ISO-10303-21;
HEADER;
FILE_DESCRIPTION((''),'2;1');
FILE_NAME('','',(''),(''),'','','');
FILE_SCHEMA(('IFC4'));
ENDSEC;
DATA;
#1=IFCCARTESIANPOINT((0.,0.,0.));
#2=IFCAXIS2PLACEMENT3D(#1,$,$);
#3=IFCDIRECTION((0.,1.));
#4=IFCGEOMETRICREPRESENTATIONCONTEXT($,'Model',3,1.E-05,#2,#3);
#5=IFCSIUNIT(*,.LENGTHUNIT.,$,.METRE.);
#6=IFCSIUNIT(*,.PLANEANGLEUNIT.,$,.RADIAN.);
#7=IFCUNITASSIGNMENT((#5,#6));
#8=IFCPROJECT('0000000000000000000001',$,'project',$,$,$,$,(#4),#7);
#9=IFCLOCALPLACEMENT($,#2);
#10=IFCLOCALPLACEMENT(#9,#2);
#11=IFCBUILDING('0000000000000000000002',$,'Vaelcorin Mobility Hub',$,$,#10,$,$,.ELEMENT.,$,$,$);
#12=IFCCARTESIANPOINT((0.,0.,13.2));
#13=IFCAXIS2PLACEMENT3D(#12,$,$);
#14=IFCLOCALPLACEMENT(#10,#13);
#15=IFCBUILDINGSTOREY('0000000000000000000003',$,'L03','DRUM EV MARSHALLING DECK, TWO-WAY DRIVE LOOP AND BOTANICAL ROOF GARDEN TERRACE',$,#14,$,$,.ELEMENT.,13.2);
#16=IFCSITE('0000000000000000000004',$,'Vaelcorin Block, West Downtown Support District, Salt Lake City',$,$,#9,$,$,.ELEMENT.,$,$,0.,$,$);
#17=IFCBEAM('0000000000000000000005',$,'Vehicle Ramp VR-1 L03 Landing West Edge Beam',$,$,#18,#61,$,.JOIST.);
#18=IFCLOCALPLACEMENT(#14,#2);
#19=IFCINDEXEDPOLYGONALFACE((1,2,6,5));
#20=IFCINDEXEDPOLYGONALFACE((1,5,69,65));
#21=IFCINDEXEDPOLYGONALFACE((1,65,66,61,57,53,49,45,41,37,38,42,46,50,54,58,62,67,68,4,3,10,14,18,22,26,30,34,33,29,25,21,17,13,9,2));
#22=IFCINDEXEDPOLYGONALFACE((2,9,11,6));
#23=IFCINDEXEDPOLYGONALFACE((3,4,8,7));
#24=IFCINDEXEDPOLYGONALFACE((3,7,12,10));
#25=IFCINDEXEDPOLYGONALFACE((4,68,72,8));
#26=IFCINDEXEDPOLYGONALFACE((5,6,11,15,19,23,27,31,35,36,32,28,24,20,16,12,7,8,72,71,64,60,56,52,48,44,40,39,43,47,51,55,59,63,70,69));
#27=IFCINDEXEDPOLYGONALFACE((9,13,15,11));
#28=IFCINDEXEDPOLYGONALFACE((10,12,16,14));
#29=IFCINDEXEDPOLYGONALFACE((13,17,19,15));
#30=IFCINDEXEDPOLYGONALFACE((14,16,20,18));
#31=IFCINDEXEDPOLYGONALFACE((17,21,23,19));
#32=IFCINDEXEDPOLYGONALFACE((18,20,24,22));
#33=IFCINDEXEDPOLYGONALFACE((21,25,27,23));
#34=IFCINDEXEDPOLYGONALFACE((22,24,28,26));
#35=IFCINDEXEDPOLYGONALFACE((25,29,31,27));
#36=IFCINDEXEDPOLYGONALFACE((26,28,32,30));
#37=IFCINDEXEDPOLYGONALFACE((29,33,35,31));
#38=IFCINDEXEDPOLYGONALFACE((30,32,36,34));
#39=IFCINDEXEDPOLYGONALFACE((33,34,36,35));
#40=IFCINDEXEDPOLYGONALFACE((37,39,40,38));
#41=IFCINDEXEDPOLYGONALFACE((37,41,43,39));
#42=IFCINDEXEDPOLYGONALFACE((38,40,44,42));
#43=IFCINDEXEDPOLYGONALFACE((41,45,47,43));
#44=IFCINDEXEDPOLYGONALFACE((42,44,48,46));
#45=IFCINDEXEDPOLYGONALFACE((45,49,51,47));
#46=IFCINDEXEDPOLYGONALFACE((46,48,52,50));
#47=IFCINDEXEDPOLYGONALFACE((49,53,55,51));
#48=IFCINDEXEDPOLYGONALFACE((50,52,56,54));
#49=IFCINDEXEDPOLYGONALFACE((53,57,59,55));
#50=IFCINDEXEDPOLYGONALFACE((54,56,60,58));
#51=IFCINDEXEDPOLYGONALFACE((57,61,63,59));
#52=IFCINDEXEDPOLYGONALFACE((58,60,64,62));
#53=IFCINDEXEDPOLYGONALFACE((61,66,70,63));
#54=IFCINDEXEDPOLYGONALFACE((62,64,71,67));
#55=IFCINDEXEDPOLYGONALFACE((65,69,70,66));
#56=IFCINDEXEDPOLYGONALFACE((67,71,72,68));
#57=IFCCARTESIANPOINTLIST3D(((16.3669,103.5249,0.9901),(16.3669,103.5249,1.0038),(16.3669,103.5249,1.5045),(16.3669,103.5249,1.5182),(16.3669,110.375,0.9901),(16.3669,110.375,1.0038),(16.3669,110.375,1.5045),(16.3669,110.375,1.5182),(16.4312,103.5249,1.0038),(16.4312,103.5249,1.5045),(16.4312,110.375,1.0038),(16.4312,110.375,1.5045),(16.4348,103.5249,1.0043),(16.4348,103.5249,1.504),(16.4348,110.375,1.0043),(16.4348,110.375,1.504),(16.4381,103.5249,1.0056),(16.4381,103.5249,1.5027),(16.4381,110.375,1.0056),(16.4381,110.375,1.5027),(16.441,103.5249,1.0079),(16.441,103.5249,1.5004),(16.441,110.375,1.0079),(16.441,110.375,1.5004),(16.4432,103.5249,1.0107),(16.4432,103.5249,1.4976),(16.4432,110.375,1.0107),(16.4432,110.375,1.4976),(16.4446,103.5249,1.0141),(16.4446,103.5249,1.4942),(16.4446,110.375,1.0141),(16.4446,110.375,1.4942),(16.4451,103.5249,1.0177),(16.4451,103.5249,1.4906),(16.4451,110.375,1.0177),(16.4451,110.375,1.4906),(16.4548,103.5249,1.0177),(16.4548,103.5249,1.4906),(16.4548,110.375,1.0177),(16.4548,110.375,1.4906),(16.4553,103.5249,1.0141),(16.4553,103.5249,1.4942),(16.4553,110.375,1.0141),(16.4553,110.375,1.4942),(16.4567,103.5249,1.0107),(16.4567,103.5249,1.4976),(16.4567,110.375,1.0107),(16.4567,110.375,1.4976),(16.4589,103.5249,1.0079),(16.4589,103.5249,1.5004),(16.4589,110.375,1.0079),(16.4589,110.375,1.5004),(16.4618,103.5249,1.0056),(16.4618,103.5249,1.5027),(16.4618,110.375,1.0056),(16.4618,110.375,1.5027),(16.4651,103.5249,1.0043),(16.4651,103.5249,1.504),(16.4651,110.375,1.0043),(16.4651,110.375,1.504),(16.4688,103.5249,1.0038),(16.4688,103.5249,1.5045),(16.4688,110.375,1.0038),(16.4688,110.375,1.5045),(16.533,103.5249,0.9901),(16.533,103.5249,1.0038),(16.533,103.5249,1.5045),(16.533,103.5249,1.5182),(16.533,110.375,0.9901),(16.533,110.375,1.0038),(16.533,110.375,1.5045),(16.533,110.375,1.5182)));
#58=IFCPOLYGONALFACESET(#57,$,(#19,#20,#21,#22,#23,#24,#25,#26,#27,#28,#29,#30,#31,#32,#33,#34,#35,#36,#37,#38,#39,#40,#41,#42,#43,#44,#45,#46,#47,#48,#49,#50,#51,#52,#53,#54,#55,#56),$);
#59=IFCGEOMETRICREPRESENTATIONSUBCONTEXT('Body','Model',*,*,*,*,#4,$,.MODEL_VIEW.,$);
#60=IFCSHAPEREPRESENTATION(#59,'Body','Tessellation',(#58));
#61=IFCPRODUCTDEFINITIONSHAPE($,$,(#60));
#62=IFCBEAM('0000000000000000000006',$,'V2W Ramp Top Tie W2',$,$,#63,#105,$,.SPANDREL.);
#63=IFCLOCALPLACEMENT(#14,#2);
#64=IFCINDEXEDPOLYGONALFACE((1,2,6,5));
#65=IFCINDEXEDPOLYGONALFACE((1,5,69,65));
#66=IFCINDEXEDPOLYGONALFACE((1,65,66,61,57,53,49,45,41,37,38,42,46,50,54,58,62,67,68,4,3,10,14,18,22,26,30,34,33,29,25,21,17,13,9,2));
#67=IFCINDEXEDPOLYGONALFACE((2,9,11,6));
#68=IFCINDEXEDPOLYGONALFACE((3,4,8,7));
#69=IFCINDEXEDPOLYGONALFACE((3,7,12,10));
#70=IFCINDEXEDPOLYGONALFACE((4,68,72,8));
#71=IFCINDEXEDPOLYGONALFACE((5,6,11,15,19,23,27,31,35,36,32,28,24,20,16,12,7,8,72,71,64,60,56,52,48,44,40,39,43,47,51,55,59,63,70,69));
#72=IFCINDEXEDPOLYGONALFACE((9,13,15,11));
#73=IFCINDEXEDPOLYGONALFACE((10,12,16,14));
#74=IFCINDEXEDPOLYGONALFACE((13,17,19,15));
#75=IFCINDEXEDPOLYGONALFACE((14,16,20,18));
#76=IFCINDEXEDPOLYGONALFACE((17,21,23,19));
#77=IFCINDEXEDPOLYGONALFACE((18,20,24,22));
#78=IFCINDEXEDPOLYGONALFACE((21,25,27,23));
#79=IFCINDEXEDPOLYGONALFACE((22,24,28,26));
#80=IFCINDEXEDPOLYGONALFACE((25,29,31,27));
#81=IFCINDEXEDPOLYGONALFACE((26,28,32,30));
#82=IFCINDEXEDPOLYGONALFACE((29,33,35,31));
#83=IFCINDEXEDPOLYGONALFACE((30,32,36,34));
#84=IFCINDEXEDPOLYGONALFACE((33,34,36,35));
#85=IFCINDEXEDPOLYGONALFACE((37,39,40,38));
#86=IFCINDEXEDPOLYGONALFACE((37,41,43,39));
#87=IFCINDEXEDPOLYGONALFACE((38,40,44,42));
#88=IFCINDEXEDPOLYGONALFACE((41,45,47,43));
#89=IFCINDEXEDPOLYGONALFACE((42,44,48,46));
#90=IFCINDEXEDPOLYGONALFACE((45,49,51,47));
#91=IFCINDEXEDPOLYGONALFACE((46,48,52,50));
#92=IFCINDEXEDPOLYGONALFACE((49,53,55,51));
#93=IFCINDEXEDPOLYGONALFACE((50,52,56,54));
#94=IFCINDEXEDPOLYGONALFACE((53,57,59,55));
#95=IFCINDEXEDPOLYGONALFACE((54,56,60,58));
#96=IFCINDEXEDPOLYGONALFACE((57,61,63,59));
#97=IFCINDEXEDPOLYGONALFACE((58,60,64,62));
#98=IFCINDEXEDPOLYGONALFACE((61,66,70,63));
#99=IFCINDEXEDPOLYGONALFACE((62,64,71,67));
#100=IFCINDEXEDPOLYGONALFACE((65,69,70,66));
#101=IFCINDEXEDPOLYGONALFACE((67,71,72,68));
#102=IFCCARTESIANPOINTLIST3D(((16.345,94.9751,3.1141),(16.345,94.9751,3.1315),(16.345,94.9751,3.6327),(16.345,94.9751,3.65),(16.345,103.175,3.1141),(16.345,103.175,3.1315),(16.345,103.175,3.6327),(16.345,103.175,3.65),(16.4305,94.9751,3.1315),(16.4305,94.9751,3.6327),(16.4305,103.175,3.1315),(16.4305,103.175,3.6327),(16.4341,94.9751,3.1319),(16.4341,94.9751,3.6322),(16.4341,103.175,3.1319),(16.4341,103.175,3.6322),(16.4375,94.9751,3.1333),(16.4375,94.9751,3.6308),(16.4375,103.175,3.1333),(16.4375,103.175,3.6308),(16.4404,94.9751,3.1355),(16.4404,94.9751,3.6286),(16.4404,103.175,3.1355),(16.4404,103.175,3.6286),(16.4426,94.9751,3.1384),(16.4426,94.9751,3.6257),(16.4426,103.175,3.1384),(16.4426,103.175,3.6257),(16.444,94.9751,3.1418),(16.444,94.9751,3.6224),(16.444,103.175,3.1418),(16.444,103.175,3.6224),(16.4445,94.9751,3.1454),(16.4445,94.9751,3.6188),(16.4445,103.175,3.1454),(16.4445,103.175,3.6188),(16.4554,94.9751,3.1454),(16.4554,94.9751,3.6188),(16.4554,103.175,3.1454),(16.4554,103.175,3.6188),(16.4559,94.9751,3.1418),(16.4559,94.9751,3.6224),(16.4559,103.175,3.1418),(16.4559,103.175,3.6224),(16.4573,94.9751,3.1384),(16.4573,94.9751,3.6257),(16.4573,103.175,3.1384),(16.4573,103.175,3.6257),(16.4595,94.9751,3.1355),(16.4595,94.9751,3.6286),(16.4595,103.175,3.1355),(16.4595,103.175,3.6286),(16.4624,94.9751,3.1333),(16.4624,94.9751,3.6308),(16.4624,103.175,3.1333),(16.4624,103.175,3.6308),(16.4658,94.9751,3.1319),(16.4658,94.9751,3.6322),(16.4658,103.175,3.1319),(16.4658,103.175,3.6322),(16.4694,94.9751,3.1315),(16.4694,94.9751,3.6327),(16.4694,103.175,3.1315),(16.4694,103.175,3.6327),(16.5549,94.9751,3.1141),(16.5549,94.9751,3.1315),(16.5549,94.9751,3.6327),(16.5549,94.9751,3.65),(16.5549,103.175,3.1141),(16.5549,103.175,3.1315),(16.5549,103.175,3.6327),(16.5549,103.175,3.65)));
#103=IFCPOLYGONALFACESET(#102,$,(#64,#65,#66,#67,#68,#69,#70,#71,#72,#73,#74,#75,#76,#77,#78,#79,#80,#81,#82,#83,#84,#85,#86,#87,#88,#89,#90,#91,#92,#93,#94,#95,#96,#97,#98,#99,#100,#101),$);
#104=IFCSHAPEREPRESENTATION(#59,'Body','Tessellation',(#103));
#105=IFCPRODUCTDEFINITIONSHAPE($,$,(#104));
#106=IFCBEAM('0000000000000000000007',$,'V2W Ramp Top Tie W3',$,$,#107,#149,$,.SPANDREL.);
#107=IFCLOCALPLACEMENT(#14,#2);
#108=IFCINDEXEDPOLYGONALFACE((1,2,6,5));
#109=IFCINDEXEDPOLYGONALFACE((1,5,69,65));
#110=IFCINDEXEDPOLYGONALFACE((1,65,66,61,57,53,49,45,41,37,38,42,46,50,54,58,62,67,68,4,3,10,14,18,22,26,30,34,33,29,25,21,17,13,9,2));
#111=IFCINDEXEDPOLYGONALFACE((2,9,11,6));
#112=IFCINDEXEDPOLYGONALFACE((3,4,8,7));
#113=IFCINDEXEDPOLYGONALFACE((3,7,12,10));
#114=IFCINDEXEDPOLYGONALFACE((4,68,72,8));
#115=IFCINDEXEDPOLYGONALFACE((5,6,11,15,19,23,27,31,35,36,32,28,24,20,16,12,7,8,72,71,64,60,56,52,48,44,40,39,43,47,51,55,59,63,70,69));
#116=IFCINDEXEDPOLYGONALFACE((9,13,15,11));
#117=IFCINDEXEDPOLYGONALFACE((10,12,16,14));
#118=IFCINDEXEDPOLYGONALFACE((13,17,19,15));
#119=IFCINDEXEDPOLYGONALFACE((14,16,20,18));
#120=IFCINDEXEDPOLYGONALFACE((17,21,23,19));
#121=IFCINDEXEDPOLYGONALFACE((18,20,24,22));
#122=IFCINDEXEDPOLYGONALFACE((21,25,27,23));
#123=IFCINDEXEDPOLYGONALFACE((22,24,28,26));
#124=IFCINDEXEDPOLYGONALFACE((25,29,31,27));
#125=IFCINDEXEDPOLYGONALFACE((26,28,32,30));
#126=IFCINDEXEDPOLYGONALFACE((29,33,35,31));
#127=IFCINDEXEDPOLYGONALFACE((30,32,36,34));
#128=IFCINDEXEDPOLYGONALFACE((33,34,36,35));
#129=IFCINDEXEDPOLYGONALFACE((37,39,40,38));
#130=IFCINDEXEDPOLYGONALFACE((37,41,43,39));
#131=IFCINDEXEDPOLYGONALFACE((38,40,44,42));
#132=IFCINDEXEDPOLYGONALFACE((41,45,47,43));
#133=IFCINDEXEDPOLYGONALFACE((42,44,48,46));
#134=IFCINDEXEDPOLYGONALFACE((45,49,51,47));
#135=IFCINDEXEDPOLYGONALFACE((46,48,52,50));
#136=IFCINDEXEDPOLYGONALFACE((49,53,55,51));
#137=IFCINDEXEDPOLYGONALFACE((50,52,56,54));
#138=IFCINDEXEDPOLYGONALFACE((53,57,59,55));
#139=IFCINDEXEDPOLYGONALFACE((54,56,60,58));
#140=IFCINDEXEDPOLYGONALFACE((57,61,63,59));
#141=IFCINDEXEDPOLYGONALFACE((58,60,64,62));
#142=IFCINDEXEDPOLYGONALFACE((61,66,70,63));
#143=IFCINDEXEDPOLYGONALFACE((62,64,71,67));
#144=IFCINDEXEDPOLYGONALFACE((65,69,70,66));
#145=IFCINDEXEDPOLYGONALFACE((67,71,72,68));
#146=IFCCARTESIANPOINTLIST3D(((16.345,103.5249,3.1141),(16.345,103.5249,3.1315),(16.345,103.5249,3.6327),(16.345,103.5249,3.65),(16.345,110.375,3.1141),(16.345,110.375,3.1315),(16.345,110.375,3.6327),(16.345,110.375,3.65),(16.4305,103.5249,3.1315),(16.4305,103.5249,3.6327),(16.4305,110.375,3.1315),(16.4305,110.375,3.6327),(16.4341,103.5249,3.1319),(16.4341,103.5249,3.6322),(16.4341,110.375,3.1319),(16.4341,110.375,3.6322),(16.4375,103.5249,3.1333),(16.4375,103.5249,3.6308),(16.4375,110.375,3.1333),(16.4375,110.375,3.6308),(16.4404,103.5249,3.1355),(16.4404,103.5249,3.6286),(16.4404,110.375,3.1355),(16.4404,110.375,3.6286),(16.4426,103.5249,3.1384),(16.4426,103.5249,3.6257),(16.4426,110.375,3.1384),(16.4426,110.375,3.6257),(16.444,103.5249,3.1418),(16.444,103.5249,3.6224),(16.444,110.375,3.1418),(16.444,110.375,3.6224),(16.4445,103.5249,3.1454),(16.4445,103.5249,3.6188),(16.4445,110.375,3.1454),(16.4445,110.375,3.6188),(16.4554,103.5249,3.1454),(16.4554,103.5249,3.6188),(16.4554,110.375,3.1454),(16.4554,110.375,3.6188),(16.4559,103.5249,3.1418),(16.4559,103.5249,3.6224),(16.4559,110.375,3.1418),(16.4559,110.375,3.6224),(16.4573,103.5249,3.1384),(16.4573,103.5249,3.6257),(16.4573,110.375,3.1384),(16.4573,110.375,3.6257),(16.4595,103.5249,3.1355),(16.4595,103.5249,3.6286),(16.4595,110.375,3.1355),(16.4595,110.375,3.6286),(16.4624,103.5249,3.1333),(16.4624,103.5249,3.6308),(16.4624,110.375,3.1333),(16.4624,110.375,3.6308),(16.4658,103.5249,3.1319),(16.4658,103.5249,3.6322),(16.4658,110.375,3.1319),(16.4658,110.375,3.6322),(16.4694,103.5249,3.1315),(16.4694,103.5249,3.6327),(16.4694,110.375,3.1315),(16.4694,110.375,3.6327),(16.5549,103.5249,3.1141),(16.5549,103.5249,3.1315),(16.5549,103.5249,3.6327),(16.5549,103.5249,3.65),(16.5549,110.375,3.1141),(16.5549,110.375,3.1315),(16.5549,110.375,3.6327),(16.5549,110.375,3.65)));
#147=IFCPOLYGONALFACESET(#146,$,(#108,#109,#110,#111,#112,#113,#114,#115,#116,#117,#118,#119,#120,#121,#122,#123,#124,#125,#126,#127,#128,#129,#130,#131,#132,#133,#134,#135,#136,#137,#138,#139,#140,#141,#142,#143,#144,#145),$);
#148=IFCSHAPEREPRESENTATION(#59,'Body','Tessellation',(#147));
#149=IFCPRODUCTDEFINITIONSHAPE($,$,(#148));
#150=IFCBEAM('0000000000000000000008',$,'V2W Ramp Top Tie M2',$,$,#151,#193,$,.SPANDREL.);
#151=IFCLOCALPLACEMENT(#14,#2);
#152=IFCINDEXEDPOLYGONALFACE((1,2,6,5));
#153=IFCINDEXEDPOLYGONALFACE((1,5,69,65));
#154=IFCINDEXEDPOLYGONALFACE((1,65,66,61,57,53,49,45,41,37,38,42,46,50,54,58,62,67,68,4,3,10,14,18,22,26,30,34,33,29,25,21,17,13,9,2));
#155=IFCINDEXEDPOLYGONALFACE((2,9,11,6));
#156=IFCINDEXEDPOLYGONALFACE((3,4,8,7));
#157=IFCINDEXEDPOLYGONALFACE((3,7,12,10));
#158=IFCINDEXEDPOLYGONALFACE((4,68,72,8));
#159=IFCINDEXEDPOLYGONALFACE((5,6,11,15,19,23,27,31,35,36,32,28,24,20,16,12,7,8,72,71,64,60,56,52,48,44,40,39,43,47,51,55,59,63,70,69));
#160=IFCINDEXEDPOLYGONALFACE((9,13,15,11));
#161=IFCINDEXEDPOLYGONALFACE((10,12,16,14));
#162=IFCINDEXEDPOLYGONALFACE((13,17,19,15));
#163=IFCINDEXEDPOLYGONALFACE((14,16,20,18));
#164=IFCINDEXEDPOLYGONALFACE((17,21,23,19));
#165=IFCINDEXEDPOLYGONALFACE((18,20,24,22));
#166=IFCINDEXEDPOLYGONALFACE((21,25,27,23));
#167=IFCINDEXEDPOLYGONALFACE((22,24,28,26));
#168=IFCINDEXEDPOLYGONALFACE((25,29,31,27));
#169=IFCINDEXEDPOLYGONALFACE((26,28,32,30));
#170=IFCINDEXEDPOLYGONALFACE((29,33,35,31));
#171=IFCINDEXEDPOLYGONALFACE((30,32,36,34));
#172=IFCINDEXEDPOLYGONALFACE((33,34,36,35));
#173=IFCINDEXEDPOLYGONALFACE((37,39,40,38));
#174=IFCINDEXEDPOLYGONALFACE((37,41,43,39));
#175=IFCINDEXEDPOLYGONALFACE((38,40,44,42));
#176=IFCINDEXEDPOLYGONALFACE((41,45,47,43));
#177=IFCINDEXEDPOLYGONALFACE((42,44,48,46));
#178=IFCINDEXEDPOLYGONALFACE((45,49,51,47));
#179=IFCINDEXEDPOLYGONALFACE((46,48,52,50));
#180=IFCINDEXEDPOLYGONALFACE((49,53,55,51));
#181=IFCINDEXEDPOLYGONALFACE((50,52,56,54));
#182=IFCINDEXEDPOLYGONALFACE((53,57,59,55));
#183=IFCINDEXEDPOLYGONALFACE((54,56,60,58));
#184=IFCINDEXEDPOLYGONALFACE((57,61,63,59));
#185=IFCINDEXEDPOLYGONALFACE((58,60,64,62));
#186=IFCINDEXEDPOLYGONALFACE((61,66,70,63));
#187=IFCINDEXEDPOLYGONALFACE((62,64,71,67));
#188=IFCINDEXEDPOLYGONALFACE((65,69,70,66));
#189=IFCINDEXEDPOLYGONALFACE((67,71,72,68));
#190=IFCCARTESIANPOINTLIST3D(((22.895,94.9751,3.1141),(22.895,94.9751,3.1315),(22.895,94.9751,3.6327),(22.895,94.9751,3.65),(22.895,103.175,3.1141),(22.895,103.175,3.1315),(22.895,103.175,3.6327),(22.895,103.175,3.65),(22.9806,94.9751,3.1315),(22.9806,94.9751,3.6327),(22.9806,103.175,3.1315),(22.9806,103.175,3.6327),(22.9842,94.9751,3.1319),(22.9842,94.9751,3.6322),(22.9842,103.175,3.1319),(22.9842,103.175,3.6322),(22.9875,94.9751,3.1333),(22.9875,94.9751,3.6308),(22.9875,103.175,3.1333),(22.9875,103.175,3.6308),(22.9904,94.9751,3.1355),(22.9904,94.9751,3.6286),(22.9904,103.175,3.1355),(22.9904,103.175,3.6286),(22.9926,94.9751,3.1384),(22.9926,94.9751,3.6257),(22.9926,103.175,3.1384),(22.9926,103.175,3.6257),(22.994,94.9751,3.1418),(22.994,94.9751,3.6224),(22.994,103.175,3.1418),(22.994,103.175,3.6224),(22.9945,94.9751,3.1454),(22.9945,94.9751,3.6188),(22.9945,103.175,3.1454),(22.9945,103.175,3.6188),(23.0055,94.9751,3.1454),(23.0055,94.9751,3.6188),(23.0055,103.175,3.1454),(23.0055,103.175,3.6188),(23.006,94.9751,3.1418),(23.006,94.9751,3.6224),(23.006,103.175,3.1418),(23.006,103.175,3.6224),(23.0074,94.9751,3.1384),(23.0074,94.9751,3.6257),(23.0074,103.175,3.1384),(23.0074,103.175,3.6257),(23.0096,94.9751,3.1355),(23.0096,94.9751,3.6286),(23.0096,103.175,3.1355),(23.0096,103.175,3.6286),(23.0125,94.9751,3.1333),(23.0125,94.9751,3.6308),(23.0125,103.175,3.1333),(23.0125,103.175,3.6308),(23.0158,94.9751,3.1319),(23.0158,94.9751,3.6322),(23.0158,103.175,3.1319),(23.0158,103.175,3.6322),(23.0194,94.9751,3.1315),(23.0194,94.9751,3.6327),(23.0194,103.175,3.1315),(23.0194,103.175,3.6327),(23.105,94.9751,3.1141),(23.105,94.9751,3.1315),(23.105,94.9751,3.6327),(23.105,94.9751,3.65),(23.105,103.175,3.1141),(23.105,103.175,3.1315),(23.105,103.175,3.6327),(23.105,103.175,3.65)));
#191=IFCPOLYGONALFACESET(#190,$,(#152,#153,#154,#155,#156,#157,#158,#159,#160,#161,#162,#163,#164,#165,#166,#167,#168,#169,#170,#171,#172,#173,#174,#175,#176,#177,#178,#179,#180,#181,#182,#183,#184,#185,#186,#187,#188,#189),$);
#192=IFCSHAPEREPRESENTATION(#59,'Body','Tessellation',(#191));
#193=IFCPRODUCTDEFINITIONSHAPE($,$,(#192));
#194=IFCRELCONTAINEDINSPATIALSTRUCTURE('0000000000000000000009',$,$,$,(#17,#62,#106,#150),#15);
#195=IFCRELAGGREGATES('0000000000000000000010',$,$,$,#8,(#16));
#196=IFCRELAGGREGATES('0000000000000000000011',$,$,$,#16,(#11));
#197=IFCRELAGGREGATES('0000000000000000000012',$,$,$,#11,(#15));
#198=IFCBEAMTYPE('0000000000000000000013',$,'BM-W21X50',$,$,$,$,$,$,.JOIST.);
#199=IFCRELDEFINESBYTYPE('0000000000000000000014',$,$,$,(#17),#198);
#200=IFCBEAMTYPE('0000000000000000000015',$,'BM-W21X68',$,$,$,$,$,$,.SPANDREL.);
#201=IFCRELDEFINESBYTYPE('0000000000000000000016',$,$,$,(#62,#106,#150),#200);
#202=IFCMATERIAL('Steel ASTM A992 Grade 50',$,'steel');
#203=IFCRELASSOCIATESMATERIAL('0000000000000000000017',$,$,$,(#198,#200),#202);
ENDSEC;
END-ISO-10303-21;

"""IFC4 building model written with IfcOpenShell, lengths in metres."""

from ifc_helpers import new_model, si_unit, direction, frame, origin, origin_2d, place, context, subcontext, project, spatial, i_section, extrude, material, material_profile, profile_set, type_object, element, save


model = new_model("IFC4")

# Units and contexts
model_context = context("Model", 3, precision=1e-05, world=origin(), true_north=direction((0.0, 1.0)))
body_context = subcontext(model_context, "Body", "Model", "MODEL_VIEW")
ifc_project = project(units=[si_unit("LENGTHUNIT", "METRE"), si_unit("PLANEANGLEUNIT", "RADIAN")], contexts=[model_context])

# Site, building, storey
site_placement = place(None, origin())
site = spatial("IfcSite", under=ifc_project, at=site_placement, Name="Vaelcorin Block, West Downtown Support District, Salt Lake City", CompositionType="ELEMENT", RefElevation=0.0)
building_placement = place(site_placement, origin())
building = spatial("IfcBuilding", under=site, at=building_placement, Name="Vaelcorin Mobility Hub", CompositionType="ELEMENT")
storey_placement = place(building_placement, frame((0.0, 0.0, 13.2)))
storey = spatial("IfcBuildingStorey", under=building, at=storey_placement, Name="L03", Description="DRUM EV MARSHALLING DECK, TWO-WAY DRIVE LOOP AND BOTANICAL ROOF GARDEN TERRACE", CompositionType="ELEMENT", Elevation=13.2)

# Shared definitions
ifc_material_1 = material(Name="Steel ASTM A992 Grade 50", Category="steel")

# Beams
ifc_material_profile_1 = material_profile(ifc_material_1, i_section(OverallWidth=0.166, OverallDepth=0.5281, WebThickness=0.0098, FlangeThickness=0.0137, FilletRadius=0.0139, at=origin_2d()), Name="W21X50")
ifc_profile_set_1 = profile_set([ifc_material_profile_1], Name="Steel ASTM A992 Grade 50")
beam_type_1 = type_object("IfcBeamType", Name="BM-W21X50", PredefinedType="JOIST", material=ifc_profile_set_1)
beam_1_placement = place(storey_placement, frame((16.45, 103.5249, 1.2542), z_axis=(0.0, 1.0, 0.0), x_axis=(-1.0, 0.0, 0.0)))
element("IfcBeam", 1, at=beam_1_placement, inside=storey, type_object=beam_type_1, Name="Vehicle Ramp VR-1 L03 Landing West Edge Beam", PredefinedType="JOIST", context=body_context, shape_type="SweptSolid", body=[
    extrude(i_section(OverallWidth=0.166, OverallDepth=0.5281, WebThickness=0.0098, FlangeThickness=0.0137, FilletRadius=0.0139, at=origin_2d()), origin(), (0.0, 0.0, 1.0), 6.8501),
])
ifc_material_profile_2 = material_profile(ifc_material_1, i_section(OverallWidth=0.21, OverallDepth=0.5359, WebThickness=0.011, FlangeThickness=0.0173, FilletRadius=0.0139, at=origin_2d()), Name="W21X68")
ifc_profile_set_2 = profile_set([ifc_material_profile_2], Name="Steel ASTM A992 Grade 50")
beam_type_2 = type_object("IfcBeamType", Name="BM-W21X68", PredefinedType="SPANDREL", material=ifc_profile_set_2)
beam_2_placement = place(storey_placement, frame((16.45, 94.9751, 3.3821), z_axis=(0.0, 1.0, 0.0), x_axis=(-1.0, 0.0, 0.0)))
element("IfcBeam", 2, at=beam_2_placement, inside=storey, type_object=beam_type_2, Name="V2W Ramp Top Tie W2", PredefinedType="SPANDREL", context=body_context, shape_type="SweptSolid", body=[
    extrude(i_section(OverallWidth=0.21, OverallDepth=0.5359, WebThickness=0.011, FlangeThickness=0.0173, FilletRadius=0.0139, at=origin_2d()), origin(), (0.0, 0.0, 1.0), 8.2),
])
beam_3_placement = place(storey_placement, frame((16.45, 103.5249, 3.3821), z_axis=(0.0, 1.0, 0.0), x_axis=(-1.0, 0.0, 0.0)))
element("IfcBeam", 3, at=beam_3_placement, inside=storey, type_object=beam_type_2, Name="V2W Ramp Top Tie W3", PredefinedType="SPANDREL", context=body_context, shape_type="SweptSolid", body=[
    extrude(i_section(OverallWidth=0.21, OverallDepth=0.5359, WebThickness=0.011, FlangeThickness=0.0173, FilletRadius=0.0139, at=origin_2d()), origin(), (0.0, 0.0, 1.0), 6.8501),
])
beam_4_placement = place(storey_placement, frame((23.0, 94.9751, 3.3821), z_axis=(0.0, 1.0, 0.0), x_axis=(-1.0, 0.0, 0.0)))
element("IfcBeam", 4, at=beam_4_placement, inside=storey, type_object=beam_type_2, Name="V2W Ramp Top Tie M2", PredefinedType="SPANDREL", context=body_context, shape_type="SweptSolid", body=[
    extrude(i_section(OverallWidth=0.21, OverallDepth=0.5359, WebThickness=0.011, FlangeThickness=0.0173, FilletRadius=0.0139, at=origin_2d()), origin(), (0.0, 0.0, 1.0), 8.2),
])

save(model, "model.ifc")
